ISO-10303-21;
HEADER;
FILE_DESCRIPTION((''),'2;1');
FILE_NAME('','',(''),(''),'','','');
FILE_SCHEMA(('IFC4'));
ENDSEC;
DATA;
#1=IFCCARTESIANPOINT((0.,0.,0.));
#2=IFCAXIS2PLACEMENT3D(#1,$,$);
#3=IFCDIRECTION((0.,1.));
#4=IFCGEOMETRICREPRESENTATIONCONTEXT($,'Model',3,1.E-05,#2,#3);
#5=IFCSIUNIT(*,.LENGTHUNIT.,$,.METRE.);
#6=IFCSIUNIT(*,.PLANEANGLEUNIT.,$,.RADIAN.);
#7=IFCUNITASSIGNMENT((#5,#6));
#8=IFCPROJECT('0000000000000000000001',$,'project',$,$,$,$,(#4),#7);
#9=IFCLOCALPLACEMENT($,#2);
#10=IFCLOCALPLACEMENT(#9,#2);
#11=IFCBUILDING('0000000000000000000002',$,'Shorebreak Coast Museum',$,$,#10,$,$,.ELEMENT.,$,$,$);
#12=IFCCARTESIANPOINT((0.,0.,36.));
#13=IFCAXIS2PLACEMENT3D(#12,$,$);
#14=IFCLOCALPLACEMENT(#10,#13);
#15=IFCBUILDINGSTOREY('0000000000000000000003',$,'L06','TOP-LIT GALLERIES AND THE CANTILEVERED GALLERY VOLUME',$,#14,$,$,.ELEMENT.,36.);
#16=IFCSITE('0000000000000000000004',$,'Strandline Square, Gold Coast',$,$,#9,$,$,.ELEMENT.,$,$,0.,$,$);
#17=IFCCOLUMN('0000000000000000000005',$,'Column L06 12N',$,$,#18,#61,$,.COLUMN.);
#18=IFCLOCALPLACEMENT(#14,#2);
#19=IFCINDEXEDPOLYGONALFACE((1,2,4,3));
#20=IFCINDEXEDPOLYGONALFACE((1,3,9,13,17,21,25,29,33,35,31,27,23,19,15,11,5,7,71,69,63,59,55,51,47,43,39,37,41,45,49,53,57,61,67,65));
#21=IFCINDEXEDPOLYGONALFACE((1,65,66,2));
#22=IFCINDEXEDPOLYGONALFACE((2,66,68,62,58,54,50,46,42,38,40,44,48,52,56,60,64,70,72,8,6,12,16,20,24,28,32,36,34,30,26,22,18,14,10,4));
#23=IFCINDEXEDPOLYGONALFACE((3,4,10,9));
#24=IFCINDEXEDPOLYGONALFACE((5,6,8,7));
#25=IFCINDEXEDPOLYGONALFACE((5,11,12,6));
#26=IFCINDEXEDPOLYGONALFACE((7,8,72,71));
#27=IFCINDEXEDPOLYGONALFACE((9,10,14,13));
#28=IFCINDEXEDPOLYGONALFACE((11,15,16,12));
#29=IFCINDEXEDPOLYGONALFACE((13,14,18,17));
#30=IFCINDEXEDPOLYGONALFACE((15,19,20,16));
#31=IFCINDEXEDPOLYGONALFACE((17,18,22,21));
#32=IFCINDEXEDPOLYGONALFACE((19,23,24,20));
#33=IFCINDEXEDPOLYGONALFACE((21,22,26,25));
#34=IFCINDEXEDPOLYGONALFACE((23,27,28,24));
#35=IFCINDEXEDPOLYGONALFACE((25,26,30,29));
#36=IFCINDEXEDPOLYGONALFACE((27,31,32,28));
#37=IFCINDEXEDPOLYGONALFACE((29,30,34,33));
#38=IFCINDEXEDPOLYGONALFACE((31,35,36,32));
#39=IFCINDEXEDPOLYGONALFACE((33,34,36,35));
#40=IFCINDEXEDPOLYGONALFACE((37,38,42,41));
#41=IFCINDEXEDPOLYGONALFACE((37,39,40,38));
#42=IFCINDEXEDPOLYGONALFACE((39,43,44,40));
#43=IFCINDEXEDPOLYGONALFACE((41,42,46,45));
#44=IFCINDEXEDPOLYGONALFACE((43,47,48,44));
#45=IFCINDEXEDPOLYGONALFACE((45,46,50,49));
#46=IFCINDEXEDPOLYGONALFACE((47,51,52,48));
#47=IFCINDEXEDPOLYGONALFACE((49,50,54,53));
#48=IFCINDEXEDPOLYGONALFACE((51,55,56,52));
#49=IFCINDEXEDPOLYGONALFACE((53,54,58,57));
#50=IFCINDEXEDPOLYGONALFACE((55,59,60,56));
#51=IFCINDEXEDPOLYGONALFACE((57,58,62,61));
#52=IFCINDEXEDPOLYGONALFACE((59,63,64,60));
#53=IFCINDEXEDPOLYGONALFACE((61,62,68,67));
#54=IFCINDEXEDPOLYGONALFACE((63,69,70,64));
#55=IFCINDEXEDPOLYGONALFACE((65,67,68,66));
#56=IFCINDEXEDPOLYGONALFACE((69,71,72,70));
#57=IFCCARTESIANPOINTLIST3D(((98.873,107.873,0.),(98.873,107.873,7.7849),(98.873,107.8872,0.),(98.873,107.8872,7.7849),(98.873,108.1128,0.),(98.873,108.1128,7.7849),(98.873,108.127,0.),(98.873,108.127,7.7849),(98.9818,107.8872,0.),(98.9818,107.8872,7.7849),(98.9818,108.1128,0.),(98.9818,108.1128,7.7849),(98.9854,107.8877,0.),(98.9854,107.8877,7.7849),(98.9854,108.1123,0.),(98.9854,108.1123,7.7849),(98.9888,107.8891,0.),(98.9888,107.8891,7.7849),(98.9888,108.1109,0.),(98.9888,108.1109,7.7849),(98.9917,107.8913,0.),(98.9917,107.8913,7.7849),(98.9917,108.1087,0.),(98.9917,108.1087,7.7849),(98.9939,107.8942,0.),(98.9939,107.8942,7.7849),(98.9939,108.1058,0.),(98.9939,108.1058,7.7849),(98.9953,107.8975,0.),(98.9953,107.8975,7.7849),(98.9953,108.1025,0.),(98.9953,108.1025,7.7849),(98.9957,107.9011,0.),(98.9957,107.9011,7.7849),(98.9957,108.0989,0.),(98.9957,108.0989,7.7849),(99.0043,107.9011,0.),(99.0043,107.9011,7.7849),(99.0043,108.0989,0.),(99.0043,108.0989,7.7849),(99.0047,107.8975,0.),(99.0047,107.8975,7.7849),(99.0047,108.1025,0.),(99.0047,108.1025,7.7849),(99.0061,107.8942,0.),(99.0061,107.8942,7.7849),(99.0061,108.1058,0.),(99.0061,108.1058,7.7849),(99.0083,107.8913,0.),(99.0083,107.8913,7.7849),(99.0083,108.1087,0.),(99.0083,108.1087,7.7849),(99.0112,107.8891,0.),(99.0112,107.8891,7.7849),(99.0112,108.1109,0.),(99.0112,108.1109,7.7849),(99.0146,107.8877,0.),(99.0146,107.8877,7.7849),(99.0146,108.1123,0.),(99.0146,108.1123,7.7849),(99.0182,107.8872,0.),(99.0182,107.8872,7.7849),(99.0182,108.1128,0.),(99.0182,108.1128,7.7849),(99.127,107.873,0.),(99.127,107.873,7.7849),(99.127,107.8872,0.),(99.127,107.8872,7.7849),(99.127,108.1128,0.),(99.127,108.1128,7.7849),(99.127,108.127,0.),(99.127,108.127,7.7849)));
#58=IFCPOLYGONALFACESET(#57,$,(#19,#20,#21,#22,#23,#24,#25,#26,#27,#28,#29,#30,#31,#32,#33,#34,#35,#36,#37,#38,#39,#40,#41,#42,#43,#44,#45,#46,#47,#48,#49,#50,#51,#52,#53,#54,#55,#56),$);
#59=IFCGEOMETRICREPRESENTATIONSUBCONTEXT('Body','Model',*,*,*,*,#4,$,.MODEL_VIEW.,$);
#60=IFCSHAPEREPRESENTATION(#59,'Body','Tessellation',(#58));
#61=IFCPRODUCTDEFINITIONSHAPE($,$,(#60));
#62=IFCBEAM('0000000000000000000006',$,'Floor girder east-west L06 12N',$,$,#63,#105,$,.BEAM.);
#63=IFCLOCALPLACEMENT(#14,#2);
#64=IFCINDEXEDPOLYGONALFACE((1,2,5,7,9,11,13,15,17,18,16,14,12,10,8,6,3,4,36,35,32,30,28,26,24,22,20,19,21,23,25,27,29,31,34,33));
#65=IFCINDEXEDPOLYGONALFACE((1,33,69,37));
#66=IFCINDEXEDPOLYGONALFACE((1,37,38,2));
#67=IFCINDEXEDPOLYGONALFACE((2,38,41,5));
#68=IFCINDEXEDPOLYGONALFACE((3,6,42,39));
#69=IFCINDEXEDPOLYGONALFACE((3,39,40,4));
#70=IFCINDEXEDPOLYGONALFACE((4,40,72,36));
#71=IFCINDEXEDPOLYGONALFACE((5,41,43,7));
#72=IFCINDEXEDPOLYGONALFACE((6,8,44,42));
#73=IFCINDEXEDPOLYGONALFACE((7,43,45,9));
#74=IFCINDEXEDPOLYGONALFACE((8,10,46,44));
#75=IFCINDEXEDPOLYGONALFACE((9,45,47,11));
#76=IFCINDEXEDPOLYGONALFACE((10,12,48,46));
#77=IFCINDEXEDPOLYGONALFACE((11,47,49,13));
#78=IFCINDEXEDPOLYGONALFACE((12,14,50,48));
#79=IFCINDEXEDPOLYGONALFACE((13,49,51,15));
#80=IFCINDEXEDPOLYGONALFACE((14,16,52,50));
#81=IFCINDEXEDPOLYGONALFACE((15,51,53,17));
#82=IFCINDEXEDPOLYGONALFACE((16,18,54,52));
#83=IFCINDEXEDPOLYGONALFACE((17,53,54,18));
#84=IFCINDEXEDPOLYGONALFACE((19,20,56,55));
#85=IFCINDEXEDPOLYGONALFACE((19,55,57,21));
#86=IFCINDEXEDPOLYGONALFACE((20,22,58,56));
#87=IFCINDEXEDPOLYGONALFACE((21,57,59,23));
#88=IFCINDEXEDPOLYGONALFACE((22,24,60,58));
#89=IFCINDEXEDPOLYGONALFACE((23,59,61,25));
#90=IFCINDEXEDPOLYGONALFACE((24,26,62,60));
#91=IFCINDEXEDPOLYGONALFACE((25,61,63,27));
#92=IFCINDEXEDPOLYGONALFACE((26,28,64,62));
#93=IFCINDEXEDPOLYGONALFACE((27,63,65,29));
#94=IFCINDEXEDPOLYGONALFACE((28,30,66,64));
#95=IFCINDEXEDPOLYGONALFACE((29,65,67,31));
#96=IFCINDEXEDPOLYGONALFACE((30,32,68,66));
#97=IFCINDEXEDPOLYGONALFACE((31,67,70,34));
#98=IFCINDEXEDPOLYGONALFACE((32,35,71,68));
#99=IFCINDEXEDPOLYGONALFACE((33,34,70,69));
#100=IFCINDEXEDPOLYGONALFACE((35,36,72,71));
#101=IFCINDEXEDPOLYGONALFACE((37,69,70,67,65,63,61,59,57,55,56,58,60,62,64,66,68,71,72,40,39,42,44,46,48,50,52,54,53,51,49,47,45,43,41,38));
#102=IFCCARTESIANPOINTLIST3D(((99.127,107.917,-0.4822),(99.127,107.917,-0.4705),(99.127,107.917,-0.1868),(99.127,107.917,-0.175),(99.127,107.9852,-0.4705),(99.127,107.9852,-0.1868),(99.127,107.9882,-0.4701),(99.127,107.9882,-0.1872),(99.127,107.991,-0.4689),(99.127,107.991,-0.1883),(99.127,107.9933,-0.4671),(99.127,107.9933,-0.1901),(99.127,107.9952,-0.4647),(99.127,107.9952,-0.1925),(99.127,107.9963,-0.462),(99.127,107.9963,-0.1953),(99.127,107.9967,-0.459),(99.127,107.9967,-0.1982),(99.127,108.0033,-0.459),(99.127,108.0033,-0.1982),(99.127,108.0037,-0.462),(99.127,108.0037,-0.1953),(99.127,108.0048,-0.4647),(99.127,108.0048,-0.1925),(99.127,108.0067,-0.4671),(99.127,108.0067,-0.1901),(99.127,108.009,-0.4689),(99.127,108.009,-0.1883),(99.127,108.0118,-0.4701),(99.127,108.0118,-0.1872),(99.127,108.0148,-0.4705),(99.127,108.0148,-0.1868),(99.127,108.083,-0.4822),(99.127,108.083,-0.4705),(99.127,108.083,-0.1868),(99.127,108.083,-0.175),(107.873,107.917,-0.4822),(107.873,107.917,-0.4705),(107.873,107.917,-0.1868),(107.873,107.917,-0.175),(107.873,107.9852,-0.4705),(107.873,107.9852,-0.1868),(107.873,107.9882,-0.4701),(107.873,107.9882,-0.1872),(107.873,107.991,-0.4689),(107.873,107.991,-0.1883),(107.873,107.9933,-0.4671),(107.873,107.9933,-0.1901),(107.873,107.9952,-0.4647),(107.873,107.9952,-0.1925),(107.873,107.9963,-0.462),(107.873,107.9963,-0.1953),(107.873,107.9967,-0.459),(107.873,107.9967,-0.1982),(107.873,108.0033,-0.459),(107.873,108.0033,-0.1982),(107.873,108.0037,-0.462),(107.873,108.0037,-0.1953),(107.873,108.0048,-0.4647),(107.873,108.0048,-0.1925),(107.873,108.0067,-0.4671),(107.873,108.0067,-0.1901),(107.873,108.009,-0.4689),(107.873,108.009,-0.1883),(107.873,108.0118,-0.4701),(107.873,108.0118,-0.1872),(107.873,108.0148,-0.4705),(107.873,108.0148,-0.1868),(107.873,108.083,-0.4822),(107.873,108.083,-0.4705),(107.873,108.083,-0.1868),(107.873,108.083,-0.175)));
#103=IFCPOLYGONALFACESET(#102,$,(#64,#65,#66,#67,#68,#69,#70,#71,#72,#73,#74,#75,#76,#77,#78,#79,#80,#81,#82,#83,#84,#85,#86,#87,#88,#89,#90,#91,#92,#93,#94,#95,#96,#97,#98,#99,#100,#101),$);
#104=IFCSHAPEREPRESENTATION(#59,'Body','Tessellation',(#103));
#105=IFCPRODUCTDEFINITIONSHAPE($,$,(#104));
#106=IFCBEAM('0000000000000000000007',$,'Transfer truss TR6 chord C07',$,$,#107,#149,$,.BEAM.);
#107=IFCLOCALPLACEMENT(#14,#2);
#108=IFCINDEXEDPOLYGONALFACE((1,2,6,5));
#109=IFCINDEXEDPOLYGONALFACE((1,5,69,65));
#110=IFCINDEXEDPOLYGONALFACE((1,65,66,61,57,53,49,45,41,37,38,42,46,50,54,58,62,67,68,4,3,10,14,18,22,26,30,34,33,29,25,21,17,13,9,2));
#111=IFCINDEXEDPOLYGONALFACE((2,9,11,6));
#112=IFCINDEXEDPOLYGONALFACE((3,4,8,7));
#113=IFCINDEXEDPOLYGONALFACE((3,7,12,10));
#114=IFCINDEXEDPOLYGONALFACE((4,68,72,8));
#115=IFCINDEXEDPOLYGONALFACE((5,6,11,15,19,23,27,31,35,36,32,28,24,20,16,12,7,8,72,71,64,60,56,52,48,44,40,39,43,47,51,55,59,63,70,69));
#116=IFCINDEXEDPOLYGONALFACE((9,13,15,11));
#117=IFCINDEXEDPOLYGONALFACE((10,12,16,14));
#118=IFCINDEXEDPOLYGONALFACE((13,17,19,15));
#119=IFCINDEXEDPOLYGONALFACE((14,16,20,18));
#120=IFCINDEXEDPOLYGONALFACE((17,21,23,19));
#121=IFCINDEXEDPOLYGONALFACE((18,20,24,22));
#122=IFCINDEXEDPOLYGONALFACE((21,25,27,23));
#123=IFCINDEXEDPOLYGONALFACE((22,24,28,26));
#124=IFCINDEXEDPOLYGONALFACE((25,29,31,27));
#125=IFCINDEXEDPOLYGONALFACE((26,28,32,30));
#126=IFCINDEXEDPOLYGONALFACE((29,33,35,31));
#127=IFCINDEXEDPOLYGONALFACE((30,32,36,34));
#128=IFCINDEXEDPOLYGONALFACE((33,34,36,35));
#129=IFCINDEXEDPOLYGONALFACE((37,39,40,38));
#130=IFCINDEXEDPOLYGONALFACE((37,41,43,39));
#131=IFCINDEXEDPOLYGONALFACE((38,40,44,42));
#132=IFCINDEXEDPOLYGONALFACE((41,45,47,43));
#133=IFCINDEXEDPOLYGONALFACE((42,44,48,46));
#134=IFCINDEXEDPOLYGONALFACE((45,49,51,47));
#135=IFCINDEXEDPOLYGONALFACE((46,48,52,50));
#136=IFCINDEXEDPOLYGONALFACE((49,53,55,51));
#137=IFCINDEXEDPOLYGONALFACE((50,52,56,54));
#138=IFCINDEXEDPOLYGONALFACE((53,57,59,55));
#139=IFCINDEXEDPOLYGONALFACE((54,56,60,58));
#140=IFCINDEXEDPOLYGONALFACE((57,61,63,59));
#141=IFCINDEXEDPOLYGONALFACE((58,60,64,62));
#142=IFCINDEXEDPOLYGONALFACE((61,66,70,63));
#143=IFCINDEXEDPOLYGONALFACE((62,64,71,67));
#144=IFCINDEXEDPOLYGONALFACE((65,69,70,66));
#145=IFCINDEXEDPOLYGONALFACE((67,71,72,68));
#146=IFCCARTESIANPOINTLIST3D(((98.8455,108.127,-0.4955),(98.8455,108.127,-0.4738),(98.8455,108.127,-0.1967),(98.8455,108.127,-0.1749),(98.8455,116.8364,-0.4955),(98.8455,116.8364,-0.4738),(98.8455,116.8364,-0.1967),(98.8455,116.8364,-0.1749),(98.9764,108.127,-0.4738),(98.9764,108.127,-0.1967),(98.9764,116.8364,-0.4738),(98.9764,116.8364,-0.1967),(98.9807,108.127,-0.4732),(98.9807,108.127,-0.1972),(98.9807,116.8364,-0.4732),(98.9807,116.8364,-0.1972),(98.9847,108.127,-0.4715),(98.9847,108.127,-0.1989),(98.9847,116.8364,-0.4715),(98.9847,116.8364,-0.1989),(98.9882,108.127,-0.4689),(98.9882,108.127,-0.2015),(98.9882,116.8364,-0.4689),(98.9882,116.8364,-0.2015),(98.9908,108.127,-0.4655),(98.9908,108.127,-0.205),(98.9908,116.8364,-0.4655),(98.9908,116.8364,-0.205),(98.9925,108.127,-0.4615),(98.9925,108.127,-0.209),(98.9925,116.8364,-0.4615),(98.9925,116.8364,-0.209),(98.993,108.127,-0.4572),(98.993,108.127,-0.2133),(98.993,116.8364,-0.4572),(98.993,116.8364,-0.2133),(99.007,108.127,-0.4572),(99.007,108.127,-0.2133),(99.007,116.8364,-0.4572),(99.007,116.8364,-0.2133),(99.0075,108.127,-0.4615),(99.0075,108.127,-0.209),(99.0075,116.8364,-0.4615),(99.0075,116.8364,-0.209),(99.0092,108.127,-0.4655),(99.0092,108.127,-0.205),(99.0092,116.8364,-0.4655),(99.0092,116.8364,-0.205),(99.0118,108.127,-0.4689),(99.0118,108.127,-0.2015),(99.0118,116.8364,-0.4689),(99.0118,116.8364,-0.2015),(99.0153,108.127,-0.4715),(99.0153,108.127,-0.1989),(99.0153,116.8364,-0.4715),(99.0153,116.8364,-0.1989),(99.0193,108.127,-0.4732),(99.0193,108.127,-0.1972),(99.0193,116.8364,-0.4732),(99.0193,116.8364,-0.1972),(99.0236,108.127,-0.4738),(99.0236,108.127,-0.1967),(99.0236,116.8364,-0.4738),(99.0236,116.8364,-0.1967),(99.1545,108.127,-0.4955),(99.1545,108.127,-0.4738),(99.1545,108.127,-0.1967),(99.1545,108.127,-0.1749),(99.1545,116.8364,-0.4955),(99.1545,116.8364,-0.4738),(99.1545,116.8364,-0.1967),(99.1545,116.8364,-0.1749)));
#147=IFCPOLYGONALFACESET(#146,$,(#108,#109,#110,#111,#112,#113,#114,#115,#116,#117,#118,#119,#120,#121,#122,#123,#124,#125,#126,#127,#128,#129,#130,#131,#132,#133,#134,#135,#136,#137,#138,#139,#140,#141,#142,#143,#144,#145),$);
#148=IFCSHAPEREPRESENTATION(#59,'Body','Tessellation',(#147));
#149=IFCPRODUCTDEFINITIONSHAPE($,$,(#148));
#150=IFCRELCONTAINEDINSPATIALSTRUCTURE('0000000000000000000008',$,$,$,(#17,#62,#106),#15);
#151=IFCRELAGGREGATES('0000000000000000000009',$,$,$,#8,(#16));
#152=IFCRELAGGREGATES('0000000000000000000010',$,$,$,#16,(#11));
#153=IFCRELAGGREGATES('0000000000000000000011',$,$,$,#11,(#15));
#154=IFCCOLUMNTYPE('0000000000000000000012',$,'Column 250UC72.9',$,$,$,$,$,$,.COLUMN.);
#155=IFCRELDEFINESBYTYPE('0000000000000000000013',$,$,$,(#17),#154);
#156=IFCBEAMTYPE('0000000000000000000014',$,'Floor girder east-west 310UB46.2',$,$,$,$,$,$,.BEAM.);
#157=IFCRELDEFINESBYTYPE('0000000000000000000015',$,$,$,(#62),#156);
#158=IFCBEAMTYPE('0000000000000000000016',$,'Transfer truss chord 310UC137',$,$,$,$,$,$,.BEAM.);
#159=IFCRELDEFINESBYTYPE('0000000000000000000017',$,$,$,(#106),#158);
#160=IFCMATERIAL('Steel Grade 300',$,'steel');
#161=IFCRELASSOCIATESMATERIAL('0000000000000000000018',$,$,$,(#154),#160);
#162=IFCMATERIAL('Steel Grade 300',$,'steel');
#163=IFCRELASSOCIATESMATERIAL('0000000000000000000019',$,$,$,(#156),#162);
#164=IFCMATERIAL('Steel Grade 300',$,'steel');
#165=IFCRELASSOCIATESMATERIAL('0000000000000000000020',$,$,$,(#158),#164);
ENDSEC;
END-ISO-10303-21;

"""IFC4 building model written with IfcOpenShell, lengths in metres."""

from ifc_helpers import new_model, si_unit, direction, frame, origin, origin_2d, place, context, subcontext, project, spatial, i_section, extrude, material, material_profile, profile_set, type_object, element, save


model = new_model("IFC4")

# Units and contexts
model_context = context("Model", 3, precision=1e-05, world=origin(), true_north=direction((0.0, 1.0)))
body_context = subcontext(model_context, "Body", "Model", "MODEL_VIEW")
ifc_project = project(units=[si_unit("LENGTHUNIT", "METRE"), si_unit("PLANEANGLEUNIT", "RADIAN")], contexts=[model_context])

# Site, building, storey
site_placement = place(None, origin())
site = spatial("IfcSite", under=ifc_project, at=site_placement, Name="Strandline Square, Gold Coast", CompositionType="ELEMENT", RefElevation=0.0)
building_placement = place(site_placement, origin())
building = spatial("IfcBuilding", under=site, at=building_placement, Name="Shorebreak Coast Museum", CompositionType="ELEMENT")
storey_placement = place(building_placement, frame((0.0, 0.0, 36.0)))
storey = spatial("IfcBuildingStorey", under=building, at=storey_placement, Name="L06", Description="TOP-LIT GALLERIES AND THE CANTILEVERED GALLERY VOLUME", CompositionType="ELEMENT", Elevation=36.0)

# Column
ifc_material_1 = material(Name="Steel Grade 300", Category="steel")
ifc_material_profile_1 = material_profile(ifc_material_1, i_section(OverallWidth=0.2539, OverallDepth=0.2539, WebThickness=0.0085, FlangeThickness=0.0142, FilletRadius=0.0139, at=origin_2d()), Name="250UC72.9")
ifc_profile_set_1 = profile_set([ifc_material_profile_1], Name="Steel Grade 300")
column_type = type_object("IfcColumnType", Name="Column 250UC72.9", PredefinedType="COLUMN", material=ifc_profile_set_1)
column_placement = place(storey_placement, frame((99.0, 108.0, 0.0), z_axis=(0.0, 0.0, 1.0), x_axis=(1.0, 0.0, 0.0)))
element("IfcColumn", 1, at=column_placement, inside=storey, type_object=column_type, Name="Column L06 12N", PredefinedType="COLUMN", context=body_context, shape_type="SweptSolid", body=[
    extrude(i_section(OverallWidth=0.2539, OverallDepth=0.2539, WebThickness=0.0085, FlangeThickness=0.0142, FilletRadius=0.0139, at=origin_2d()), origin(), (0.0, 0.0, 1.0), 7.7849),
])

# Beams
ifc_material_2 = material(Name="Steel Grade 300", Category="steel")
ifc_material_profile_2 = material_profile(ifc_material_2, i_section(OverallWidth=0.166, OverallDepth=0.3071, WebThickness=0.0066, FlangeThickness=0.0117, FilletRadius=0.0115, at=origin_2d()), Name="310UB46.2")
ifc_profile_set_2 = profile_set([ifc_material_profile_2], Name="Steel Grade 300")
beam_type_1 = type_object("IfcBeamType", Name="Floor girder east-west 310UB46.2", PredefinedType="BEAM", material=ifc_profile_set_2)
beam_1_placement = place(storey_placement, frame((99.127, 108.0, -0.3286), z_axis=(1.0, 0.0, 0.0), x_axis=(0.0, 1.0, 0.0)))
element("IfcBeam", 2, at=beam_1_placement, inside=storey, type_object=beam_type_1, Name="Floor girder east-west L06 12N", PredefinedType="BEAM", context=body_context, shape_type="SweptSolid", body=[
    extrude(i_section(OverallWidth=0.166, OverallDepth=0.3071, WebThickness=0.0066, FlangeThickness=0.0117, FilletRadius=0.0115, at=origin_2d()), origin(), (0.0, 0.0, 1.0), 8.7461),
])
ifc_material_3 = material(Name="Steel Grade 300", Category="steel")
ifc_material_profile_3 = material_profile(ifc_material_3, i_section(OverallWidth=0.3091, OverallDepth=0.3206, WebThickness=0.0139, FlangeThickness=0.0217, FilletRadius=0.0166, at=origin_2d()), Name="310UC137")
ifc_profile_set_3 = profile_set([ifc_material_profile_3], Name="Steel Grade 300")
beam_type_2 = type_object("IfcBeamType", Name="Transfer truss chord 310UC137", PredefinedType="BEAM", material=ifc_profile_set_3)
beam_2_placement = place(storey_placement, frame((99.0, 108.127, -0.3352), z_axis=(0.0, 1.0, 0.0), x_axis=(-1.0, 0.0, 0.0)))
element("IfcBeam", 3, at=beam_2_placement, inside=storey, type_object=beam_type_2, Name="Transfer truss TR6 chord C07", PredefinedType="BEAM", context=body_context, shape_type="SweptSolid", body=[
    extrude(i_section(OverallWidth=0.3091, OverallDepth=0.3206, WebThickness=0.0139, FlangeThickness=0.0217, FilletRadius=0.0166, at=origin_2d()), origin(), (0.0, 0.0, 1.0), 8.7095),
])

save(model, "model.ifc")
